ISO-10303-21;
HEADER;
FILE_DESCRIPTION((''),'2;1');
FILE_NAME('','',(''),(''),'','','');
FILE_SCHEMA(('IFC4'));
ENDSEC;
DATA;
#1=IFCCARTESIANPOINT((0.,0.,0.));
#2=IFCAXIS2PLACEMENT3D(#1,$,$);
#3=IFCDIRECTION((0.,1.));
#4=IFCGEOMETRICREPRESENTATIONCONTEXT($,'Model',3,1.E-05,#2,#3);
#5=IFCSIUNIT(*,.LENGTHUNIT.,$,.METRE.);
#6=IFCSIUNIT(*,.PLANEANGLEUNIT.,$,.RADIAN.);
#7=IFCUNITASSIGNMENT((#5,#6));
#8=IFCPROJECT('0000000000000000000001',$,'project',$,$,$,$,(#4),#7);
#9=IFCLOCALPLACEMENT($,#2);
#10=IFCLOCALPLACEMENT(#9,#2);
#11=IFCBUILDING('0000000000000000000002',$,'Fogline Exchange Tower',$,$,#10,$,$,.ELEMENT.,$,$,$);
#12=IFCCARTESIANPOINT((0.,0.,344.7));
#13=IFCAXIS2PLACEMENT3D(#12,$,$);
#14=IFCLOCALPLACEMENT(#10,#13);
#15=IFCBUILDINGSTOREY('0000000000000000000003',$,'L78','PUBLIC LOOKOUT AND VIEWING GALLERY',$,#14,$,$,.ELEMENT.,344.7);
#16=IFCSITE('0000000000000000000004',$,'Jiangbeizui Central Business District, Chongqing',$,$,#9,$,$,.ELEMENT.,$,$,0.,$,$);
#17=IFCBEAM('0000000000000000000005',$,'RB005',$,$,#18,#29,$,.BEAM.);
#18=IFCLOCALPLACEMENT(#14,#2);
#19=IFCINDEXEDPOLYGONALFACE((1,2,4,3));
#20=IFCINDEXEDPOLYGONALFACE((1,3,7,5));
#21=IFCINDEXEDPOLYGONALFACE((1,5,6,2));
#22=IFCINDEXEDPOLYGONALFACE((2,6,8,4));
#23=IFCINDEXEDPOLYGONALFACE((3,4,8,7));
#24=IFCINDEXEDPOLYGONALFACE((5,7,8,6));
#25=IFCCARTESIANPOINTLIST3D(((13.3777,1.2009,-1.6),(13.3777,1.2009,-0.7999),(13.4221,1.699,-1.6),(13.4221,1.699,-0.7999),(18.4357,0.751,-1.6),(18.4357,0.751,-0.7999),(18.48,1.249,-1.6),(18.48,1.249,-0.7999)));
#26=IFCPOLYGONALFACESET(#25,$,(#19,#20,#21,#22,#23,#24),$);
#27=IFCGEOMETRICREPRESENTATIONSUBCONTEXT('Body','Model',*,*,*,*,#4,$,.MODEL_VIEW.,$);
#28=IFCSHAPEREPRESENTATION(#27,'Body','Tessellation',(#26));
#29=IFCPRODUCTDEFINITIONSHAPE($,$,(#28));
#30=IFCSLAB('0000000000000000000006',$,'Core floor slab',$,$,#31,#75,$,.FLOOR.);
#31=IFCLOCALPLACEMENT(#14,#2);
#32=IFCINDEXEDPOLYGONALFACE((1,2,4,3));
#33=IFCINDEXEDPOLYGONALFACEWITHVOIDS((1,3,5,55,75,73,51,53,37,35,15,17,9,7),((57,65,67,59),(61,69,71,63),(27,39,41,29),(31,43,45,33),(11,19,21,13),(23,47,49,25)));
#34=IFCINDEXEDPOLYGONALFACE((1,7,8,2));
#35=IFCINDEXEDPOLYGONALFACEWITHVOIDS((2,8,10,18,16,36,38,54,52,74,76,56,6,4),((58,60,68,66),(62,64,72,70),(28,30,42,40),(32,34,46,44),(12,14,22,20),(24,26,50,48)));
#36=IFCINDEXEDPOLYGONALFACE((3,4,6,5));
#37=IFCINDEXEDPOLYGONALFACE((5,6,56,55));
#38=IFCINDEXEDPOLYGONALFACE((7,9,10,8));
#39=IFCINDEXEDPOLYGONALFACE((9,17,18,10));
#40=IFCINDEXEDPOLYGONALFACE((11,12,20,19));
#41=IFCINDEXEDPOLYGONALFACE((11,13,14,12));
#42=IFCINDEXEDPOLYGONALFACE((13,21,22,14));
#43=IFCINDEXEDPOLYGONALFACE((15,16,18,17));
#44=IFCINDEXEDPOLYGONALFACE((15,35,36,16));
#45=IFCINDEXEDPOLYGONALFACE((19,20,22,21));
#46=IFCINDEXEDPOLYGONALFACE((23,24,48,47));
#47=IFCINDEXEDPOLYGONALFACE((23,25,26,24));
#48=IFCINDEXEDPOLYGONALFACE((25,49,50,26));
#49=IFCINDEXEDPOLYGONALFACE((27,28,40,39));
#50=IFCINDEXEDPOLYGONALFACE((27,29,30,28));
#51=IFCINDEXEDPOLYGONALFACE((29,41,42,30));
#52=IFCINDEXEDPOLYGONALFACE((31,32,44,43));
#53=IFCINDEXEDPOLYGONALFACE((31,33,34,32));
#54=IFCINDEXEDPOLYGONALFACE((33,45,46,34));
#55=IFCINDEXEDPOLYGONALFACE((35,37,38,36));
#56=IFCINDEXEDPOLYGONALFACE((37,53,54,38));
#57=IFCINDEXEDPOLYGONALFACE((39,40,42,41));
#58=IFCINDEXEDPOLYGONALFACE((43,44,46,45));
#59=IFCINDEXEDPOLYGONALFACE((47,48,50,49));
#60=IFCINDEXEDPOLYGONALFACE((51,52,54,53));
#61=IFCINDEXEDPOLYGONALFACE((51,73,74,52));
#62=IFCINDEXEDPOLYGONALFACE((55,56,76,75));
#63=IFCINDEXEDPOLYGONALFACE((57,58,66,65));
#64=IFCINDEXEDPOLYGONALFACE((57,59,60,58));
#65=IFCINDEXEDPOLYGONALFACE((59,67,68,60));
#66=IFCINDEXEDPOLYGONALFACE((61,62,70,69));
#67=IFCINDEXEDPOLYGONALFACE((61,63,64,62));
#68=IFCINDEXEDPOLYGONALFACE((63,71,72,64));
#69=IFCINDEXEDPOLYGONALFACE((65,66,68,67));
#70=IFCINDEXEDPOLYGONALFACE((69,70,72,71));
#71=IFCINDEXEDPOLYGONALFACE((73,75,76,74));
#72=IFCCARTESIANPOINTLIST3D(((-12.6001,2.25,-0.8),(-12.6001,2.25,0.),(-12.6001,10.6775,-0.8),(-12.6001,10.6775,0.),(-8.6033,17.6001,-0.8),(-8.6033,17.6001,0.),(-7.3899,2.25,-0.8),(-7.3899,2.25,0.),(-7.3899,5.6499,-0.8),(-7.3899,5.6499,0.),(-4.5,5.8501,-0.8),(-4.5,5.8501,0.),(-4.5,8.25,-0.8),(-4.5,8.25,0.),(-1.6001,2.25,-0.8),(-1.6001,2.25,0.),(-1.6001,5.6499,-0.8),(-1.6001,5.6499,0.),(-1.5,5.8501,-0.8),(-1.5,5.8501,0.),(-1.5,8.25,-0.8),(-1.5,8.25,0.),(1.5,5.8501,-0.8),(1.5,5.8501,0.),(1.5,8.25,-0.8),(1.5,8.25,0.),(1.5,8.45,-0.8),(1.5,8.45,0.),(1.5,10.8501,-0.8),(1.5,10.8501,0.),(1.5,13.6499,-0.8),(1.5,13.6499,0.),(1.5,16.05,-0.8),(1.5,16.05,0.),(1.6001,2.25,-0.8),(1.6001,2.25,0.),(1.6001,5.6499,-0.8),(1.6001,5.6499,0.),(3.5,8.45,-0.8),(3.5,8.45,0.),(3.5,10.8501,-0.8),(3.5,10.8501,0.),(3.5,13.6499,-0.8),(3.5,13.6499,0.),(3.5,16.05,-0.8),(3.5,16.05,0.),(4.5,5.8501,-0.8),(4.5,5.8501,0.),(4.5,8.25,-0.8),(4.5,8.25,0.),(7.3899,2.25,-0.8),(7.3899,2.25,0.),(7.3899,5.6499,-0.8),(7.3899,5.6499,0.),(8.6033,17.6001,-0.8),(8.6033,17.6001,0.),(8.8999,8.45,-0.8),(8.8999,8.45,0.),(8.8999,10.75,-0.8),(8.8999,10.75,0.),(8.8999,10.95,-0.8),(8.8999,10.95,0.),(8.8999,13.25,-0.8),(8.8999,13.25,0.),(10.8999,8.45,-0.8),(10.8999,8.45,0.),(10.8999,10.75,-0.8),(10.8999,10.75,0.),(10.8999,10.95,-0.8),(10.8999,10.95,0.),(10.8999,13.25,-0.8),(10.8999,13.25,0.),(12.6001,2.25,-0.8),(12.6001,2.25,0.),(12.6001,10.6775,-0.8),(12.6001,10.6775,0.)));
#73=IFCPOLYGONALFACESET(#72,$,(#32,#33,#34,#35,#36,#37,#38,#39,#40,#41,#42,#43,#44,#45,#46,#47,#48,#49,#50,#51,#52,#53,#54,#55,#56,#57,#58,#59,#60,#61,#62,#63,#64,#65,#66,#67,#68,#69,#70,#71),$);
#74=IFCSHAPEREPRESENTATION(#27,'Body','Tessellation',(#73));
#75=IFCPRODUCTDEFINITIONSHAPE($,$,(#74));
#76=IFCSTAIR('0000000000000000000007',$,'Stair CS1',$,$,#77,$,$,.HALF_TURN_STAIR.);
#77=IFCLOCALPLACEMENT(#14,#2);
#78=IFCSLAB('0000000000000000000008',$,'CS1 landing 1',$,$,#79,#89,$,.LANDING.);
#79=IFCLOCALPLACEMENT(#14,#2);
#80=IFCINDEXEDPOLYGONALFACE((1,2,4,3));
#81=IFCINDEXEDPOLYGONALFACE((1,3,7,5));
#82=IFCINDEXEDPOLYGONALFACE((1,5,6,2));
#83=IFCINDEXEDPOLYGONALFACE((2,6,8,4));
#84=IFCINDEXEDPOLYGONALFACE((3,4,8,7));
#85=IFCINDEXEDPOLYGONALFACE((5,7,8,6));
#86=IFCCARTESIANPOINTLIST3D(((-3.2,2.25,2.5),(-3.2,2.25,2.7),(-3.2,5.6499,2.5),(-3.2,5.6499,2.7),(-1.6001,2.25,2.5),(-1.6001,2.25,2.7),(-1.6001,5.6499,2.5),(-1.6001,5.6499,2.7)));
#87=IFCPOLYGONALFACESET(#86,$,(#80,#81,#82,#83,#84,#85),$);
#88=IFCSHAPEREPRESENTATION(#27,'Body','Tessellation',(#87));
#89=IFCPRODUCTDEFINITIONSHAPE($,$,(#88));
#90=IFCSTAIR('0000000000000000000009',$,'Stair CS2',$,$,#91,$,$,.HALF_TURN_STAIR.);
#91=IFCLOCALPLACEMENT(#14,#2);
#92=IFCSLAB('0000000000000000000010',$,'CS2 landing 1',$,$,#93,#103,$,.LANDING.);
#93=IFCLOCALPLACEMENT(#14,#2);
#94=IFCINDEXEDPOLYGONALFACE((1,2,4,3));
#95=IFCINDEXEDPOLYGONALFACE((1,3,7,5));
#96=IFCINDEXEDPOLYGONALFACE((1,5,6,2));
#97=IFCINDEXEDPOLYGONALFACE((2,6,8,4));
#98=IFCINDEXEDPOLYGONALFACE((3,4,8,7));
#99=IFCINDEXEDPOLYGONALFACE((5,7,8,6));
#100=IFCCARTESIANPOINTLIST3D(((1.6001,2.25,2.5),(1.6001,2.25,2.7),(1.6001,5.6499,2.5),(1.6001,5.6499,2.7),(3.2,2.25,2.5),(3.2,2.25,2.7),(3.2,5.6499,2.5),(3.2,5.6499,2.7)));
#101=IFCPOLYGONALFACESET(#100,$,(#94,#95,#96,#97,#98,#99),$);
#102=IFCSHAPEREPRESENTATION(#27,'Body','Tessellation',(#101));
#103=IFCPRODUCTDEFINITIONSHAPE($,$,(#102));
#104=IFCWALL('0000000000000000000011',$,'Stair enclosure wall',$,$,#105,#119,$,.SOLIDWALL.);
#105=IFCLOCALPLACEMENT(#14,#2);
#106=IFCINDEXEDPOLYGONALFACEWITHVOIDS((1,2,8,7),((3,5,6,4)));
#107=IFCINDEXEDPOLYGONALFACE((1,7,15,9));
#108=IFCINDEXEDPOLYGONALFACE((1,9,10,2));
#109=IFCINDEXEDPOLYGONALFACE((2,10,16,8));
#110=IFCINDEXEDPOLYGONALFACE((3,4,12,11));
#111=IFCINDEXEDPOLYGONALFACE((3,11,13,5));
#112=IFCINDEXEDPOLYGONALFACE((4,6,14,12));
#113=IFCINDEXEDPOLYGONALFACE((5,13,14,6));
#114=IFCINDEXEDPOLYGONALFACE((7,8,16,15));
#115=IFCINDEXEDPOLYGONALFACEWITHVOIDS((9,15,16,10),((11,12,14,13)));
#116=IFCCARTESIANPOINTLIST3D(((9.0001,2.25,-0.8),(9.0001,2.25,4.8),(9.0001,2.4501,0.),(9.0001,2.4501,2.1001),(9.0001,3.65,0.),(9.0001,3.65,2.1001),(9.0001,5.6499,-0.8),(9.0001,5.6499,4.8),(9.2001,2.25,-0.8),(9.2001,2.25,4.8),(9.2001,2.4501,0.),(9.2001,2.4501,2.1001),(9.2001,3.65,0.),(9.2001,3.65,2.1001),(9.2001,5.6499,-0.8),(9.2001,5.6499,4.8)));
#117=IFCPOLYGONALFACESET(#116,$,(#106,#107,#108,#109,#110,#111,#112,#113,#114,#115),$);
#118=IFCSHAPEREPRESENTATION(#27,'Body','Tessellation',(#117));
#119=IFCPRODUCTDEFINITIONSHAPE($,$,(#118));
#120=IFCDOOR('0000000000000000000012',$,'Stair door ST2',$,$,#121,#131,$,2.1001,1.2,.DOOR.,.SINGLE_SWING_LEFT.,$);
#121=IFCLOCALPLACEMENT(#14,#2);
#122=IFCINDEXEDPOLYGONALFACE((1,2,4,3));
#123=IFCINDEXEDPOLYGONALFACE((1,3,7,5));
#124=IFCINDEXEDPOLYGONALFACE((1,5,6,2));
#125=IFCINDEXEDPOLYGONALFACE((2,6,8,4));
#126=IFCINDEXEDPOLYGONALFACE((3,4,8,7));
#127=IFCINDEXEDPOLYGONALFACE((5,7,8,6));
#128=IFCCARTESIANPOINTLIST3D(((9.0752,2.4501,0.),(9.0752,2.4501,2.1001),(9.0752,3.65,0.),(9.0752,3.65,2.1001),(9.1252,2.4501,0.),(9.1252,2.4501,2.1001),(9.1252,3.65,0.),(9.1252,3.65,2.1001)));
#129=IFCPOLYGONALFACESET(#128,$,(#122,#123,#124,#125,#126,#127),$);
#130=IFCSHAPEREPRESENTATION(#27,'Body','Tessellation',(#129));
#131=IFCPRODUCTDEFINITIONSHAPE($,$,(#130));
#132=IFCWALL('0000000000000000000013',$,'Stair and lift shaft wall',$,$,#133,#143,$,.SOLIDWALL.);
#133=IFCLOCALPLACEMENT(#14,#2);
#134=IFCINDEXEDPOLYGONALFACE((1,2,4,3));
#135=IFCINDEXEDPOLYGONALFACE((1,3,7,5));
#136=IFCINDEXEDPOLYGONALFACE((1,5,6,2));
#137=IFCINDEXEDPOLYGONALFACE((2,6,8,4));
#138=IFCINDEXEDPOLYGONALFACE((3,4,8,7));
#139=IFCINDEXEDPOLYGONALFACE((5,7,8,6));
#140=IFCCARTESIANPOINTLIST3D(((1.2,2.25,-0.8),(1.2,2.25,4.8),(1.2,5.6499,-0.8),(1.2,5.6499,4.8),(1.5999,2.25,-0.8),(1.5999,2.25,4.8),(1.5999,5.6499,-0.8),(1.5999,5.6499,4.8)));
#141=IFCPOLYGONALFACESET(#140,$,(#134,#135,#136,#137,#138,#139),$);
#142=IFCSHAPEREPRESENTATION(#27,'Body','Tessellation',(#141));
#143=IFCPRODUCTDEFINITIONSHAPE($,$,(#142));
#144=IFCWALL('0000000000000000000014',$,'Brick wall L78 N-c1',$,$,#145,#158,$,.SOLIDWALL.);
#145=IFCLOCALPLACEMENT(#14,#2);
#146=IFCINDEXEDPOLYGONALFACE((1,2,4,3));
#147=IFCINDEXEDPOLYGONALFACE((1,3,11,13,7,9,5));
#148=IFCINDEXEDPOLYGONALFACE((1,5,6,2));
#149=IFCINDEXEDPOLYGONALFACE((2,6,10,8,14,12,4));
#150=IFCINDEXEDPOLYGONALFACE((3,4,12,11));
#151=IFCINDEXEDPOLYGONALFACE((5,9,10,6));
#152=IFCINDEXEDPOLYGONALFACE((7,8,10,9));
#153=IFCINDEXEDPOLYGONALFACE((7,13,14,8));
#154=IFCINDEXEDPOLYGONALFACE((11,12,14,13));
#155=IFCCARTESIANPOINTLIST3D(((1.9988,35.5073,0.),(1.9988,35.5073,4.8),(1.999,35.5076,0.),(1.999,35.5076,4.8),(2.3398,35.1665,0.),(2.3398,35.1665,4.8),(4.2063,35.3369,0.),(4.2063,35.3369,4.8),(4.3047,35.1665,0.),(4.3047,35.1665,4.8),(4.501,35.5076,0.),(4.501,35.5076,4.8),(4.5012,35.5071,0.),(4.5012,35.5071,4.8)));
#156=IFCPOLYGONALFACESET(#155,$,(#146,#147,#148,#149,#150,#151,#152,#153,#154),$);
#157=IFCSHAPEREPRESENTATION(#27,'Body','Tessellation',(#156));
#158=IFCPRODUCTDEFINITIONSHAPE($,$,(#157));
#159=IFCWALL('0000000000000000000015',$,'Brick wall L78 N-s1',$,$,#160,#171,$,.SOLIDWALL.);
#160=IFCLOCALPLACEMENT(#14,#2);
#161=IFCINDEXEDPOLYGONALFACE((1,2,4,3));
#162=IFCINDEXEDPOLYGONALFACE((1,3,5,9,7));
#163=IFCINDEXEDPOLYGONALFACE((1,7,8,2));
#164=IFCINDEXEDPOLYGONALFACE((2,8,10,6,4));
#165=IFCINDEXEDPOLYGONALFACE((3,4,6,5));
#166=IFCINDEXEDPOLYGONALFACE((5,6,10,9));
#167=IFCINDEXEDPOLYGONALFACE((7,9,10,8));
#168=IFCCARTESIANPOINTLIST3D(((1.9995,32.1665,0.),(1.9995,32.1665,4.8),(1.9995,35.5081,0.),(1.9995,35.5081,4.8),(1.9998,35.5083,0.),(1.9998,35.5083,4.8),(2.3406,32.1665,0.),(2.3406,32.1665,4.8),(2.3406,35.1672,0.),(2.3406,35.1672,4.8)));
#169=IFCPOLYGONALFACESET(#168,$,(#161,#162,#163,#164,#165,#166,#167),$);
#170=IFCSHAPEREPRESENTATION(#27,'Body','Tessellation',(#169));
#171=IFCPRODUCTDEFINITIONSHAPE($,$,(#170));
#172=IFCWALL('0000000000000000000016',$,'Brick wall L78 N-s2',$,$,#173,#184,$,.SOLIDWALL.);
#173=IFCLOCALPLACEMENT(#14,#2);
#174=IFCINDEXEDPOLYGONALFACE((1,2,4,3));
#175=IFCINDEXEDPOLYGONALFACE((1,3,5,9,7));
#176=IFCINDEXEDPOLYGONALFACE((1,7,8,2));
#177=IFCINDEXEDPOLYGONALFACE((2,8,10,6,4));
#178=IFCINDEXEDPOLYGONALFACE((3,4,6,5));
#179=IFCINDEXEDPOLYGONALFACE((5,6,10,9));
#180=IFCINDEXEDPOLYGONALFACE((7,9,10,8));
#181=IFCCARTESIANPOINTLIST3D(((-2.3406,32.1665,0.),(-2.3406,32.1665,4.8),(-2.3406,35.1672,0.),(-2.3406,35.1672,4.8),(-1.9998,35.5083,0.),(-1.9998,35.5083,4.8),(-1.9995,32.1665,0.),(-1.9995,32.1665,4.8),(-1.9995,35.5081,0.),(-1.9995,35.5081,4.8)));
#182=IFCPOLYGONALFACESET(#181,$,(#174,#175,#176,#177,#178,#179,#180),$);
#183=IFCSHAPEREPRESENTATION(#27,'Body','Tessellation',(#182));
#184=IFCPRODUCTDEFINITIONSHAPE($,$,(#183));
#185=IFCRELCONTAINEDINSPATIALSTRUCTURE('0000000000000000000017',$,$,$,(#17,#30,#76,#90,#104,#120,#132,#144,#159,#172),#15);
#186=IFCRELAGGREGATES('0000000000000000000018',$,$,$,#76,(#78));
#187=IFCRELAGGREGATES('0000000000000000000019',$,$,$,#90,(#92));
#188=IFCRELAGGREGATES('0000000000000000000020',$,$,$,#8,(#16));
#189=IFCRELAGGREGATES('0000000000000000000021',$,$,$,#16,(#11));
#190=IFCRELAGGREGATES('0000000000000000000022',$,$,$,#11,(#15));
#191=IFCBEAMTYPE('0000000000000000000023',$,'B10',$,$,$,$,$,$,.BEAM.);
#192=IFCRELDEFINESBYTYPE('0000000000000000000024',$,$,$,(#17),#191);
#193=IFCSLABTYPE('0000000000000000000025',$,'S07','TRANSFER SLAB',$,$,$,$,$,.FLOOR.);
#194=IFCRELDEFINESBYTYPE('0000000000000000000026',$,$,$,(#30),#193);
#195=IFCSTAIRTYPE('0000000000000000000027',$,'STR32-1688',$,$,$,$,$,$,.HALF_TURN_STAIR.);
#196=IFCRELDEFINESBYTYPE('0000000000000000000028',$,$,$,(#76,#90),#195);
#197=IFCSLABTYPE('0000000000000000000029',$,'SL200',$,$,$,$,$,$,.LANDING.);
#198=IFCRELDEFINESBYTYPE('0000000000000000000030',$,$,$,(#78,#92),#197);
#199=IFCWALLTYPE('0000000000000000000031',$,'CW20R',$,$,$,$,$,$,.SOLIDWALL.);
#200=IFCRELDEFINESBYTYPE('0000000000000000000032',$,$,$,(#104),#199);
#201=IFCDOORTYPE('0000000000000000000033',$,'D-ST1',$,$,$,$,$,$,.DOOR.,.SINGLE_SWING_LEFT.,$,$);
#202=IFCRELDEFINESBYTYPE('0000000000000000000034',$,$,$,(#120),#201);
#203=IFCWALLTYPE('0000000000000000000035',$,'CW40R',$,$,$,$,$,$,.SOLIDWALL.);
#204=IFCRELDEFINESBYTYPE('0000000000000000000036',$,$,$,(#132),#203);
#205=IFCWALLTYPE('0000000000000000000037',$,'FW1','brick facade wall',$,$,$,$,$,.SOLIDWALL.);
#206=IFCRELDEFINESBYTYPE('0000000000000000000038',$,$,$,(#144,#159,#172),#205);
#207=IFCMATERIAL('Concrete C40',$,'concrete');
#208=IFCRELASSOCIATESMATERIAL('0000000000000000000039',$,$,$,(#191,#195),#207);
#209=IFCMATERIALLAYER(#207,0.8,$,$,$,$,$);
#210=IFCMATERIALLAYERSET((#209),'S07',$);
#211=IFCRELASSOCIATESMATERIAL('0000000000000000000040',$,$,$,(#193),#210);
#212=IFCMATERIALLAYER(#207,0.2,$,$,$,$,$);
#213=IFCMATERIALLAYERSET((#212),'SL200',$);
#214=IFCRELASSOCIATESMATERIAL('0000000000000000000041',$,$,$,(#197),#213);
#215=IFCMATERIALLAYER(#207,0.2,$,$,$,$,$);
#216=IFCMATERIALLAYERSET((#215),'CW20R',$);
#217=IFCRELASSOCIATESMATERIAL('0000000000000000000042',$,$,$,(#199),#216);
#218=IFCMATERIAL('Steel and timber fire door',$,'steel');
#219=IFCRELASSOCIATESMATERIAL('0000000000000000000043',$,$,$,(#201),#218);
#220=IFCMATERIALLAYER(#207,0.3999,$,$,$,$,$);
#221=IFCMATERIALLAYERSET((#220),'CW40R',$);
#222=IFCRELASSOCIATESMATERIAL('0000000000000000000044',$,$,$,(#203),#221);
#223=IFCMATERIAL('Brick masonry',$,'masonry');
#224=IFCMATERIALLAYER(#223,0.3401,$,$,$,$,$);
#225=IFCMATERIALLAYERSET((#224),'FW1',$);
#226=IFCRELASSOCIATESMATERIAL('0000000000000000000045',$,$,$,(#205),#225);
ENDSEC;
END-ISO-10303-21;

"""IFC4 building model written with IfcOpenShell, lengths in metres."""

from ifc_helpers import new_model, si_unit, direction, frame, frame_2d, origin, origin_2d, place, context, subcontext, project, spatial, polyline, rectangle, outline, extrude, material, layer, layer_set, material_profile, profile_set, type_object, element, fill, aggregate, save


model = new_model("IFC4")

# Units and contexts
model_context = context("Model", 3, precision=1e-05, world=origin(), true_north=direction((0.0, 1.0)))
body_context = subcontext(model_context, "Body", "Model", "MODEL_VIEW")
ifc_project = project(units=[si_unit("LENGTHUNIT", "METRE"), si_unit("PLANEANGLEUNIT", "RADIAN")], contexts=[model_context])

# Site, building, storey
site_placement = place(None, origin())
site = spatial("IfcSite", under=ifc_project, at=site_placement, Name="Jiangbeizui Central Business District, Chongqing", CompositionType="ELEMENT", RefElevation=0.0)
building_placement = place(site_placement, origin())
building = spatial("IfcBuilding", under=site, at=building_placement, Name="Fogline Exchange Tower", CompositionType="ELEMENT")
storey_placement = place(building_placement, frame((0.0, 0.0, 344.7)))
storey = spatial("IfcBuildingStorey", under=building, at=storey_placement, Name="L78", Description="PUBLIC LOOKOUT AND VIEWING GALLERY", CompositionType="ELEMENT", Elevation=344.7)

# Beam
ifc_material_1 = material(Name="Concrete C40", Category="concrete")
ifc_material_profile = material_profile(ifc_material_1, rectangle(XDim=0.5, YDim=0.8, at=origin_2d()), Name="RC 500x800")
ifc_profile_set = profile_set([ifc_material_profile], Name="Concrete C40")
beam_type = type_object("IfcBeamType", Name="B10", PredefinedType="BEAM", material=ifc_profile_set)
beam_placement = place(storey_placement, frame((13.3999, 1.45, -1.2), z_axis=(0.996066, -0.088611, 0.0), x_axis=(0.088611, 0.996066, 0.0)))
element("IfcBeam", 1, at=beam_placement, inside=storey, type_object=beam_type, Name="RB005", PredefinedType="BEAM", context=body_context, shape_type="SweptSolid", body=[
    extrude(rectangle(XDim=0.5, YDim=0.8, at=origin_2d()), origin(), (0.0, 0.0, 1.0), 5.0779),
])

# Slab
ifc_layer_1 = layer(ifc_material_1, 0.8)
ifc_layer_set_1 = layer_set([ifc_layer_1], Name="S07")
slab_type_1 = type_object("IfcSlabType", Name="S07", Description="TRANSFER SLAB", PredefinedType="FLOOR", material=ifc_layer_set_1)
slab_1_placement = place(storey_placement, frame((0.0, 0.0, -0.8)))
element("IfcSlab", 2, at=slab_1_placement, inside=storey, type_object=slab_type_1, Name="Core floor slab", PredefinedType="FLOOR", context=body_context, shape_type="SweptSolid", body=[
    extrude(outline(polyline([(-12.6001, 2.25), (-12.6001, 10.6775), (-8.6033, 17.6001), (8.6033, 17.6001), (12.6001, 10.6775), (12.6001, 2.25), (7.3899, 2.25), (7.3899, 5.6499), (1.6001, 5.6499), (1.6001, 2.25), (-1.6001, 2.25), (-1.6001, 5.6499), (-7.3899, 5.6499), (-7.3899, 2.25), (-12.6001, 2.25)]), holes=[polyline([(-4.5, 8.25), (-4.5, 5.8501), (-1.5, 5.8501), (-1.5, 8.25), (-4.5, 8.25)]), polyline([(1.5, 8.25), (1.5, 5.8501), (4.5, 5.8501), (4.5, 8.25), (1.5, 8.25)]), polyline([(8.8999, 10.75), (8.8999, 8.45), (10.8999, 8.45), (10.8999, 10.75), (8.8999, 10.75)]), polyline([(1.5, 10.8501), (1.5, 8.45), (3.5, 8.45), (3.5, 10.8501), (1.5, 10.8501)]), polyline([(8.8999, 13.25), (8.8999, 10.95), (10.8999, 10.95), (10.8999, 13.25), (8.8999, 13.25)]), polyline([(1.5, 16.05), (1.5, 13.6499), (3.5, 13.6499), (3.5, 16.05), (1.5, 16.05)])]), origin(), (0.0, 0.0, 1.0), 0.8),
])

# Stairs, slabs
stair_type = type_object("IfcStairType", Name="STR32-1688", PredefinedType="HALF_TURN_STAIR", material=ifc_material_1)
stair_1_placement = place(storey_placement, origin())
stair_1 = element("IfcStair", 3, at=stair_1_placement, inside=storey, type_object=stair_type, Name="Stair CS1", PredefinedType="HALF_TURN_STAIR")
ifc_layer_2 = layer(ifc_material_1, 0.2)
ifc_layer_set_2 = layer_set([ifc_layer_2], Name="SL200")
slab_type_2 = type_object("IfcSlabType", Name="SL200", PredefinedType="LANDING", material=ifc_layer_set_2)
slab_2_placement = place(storey_placement, frame((0.0, 0.0, 2.5)))
slab_2 = element("IfcSlab", 4, at=slab_2_placement, type_object=slab_type_2, Name="CS1 landing 1", PredefinedType="LANDING", context=body_context, shape_type="SweptSolid", body=[
    extrude(outline(polyline([(-3.2, 2.25), (-1.6001, 2.25), (-1.6001, 5.6499), (-3.2, 5.6499), (-3.2, 2.25)])), origin(), (0.0, 0.0, 1.0), 0.2),
])
aggregate(stair_1, [slab_2])
stair_2_placement = place(storey_placement, origin())
stair_2 = element("IfcStair", 5, at=stair_2_placement, inside=storey, type_object=stair_type, Name="Stair CS2", PredefinedType="HALF_TURN_STAIR")
slab_3_placement = place(storey_placement, frame((0.0, 0.0, 2.5)))
slab_3 = element("IfcSlab", 6, at=slab_3_placement, type_object=slab_type_2, Name="CS2 landing 1", PredefinedType="LANDING", context=body_context, shape_type="SweptSolid", body=[
    extrude(outline(polyline([(1.6001, 2.25), (3.2, 2.25), (3.2, 5.6499), (1.6001, 5.6499), (1.6001, 2.25)])), origin(), (0.0, 0.0, 1.0), 0.2),
])

# Wall, opening, door
ifc_layer_3 = layer(ifc_material_1, 0.2)
ifc_layer_set_3 = layer_set([ifc_layer_3], Name="CW20R")
wall_type_1 = type_object("IfcWallType", Name="CW20R", PredefinedType="SOLIDWALL", material=ifc_layer_set_3)
wall_1_placement = place(storey_placement, frame((9.1001, 2.25, -0.8), z_axis=(0.0, 0.0, 1.0), x_axis=(0.0, 1.0, 0.0)))
wall_1 = element("IfcWall", 7, at=wall_1_placement, inside=storey, type_object=wall_type_1, Name="Stair enclosure wall", PredefinedType="SOLIDWALL", context=body_context, shape_type="SweptSolid", body=[
    extrude(rectangle(XDim=3.3999, YDim=0.2, at=frame_2d((1.7, 0.0))), origin(), (0.0, 0.0, 1.0), 5.6001),
])
opening_1_placement = place(wall_1_placement, frame((0.2, 0.0, 0.8)))
opening_1 = element("IfcOpeningElement", 8, at=opening_1_placement, cuts=wall_1, PredefinedType="OPENING", context=body_context, shape_type="SweptSolid", body=[
    extrude(rectangle(XDim=1.2, YDim=2.1001, at=frame_2d((0.6001, 1.05))), frame((0.0, 0.1099, 0.0), z_axis=(0.0, -1.0, 0.0), x_axis=(1.0, 0.0, 0.0)), (0.0, 0.0, 1.0), 0.22),
])
ifc_material_2 = material(Name="Steel and timber fire door", Category="steel")
door_type_1 = type_object("IfcDoorType", Name="D-ST1", OperationType="SINGLE_SWING_LEFT", PredefinedType="DOOR", material=ifc_material_2)
door_1_placement = place(opening_1_placement, origin())
door_1 = element("IfcDoor", 9, at=door_1_placement, inside=storey, type_object=door_type_1, Name="Stair door ST2", OperationType="SINGLE_SWING_LEFT", OverallHeight=2.1001, OverallWidth=1.2, PredefinedType="DOOR", context=body_context, shape_type="SweptSolid", body=[
    extrude(rectangle(XDim=1.2, YDim=2.1001, at=frame_2d((0.6001, 1.05))), frame((0.0, 0.0249, 0.0), z_axis=(0.0, -1.0, 0.0), x_axis=(1.0, 0.0, 0.0)), (0.0, 0.0, 1.0), 0.05),
])
fill(opening_1, door_1)

# Walls
ifc_layer_4 = layer(ifc_material_1, 0.3999)
ifc_layer_set_4 = layer_set([ifc_layer_4], Name="CW40R")
wall_type_2 = type_object("IfcWallType", Name="CW40R", PredefinedType="SOLIDWALL", material=ifc_layer_set_4)
wall_2_placement = place(storey_placement, frame((1.3999, 2.25, -0.8), z_axis=(0.0, 0.0, 1.0), x_axis=(0.0, 1.0, 0.0)))
element("IfcWall", 10, at=wall_2_placement, inside=storey, type_object=wall_type_2, Name="Stair and lift shaft wall", PredefinedType="SOLIDWALL", context=body_context, shape_type="SweptSolid", body=[
    extrude(rectangle(XDim=3.3999, YDim=0.3999, at=frame_2d((1.7, 0.0))), origin(), (0.0, 0.0, 1.0), 5.6001),
])
ifc_material_3 = material(Name="Brick masonry", Category="masonry")
ifc_layer_5 = layer(ifc_material_3, 0.3401)
ifc_layer_set_5 = layer_set([ifc_layer_5], Name="FW1")
wall_type_3 = type_object("IfcWallType", Name="FW1", Description="brick facade wall", PredefinedType="SOLIDWALL", material=ifc_layer_set_5)
wall_3_placement = place(storey_placement, origin())
element("IfcWall", 11, at=wall_3_placement, inside=storey, type_object=wall_type_3, Name="Brick wall L78 N-c1", PredefinedType="SOLIDWALL", context=body_context, shape_type="SweptSolid", body=[
    extrude(outline(polyline([(1.999, 35.5076), (4.501, 35.5076), (4.5012, 35.5071), (4.2063, 35.3369), (4.3047, 35.1665), (2.3398, 35.1665), (1.9988, 35.5073), (1.999, 35.5076)])), origin(), (0.0, 0.0, 1.0), 4.8),
])
wall_4_placement = place(storey_placement, origin())
element("IfcWall", 12, at=wall_4_placement, inside=storey, type_object=wall_type_3, Name="Brick wall L78 N-s1", PredefinedType="SOLIDWALL", context=body_context, shape_type="SweptSolid", body=[
    extrude(outline(polyline([(2.3406, 32.1665), (1.9995, 32.1665), (1.9995, 35.5081), (1.9998, 35.5083), (2.3406, 35.1672), (2.3406, 32.1665)])), origin(), (0.0, 0.0, 1.0), 4.8),
])
wall_5_placement = place(storey_placement, origin())
element("IfcWall", 13, at=wall_5_placement, inside=storey, type_object=wall_type_3, Name="Brick wall L78 N-s2", PredefinedType="SOLIDWALL", context=body_context, shape_type="SweptSolid", body=[
    extrude(outline(polyline([(-1.9995, 35.5081), (-1.9995, 32.1665), (-2.3406, 32.1665), (-2.3406, 35.1672), (-1.9998, 35.5083), (-1.9995, 35.5081)])), origin(), (0.0, 0.0, 1.0), 4.8),
])

aggregate(stair_2, [slab_3])

save(model, "model.ifc")
